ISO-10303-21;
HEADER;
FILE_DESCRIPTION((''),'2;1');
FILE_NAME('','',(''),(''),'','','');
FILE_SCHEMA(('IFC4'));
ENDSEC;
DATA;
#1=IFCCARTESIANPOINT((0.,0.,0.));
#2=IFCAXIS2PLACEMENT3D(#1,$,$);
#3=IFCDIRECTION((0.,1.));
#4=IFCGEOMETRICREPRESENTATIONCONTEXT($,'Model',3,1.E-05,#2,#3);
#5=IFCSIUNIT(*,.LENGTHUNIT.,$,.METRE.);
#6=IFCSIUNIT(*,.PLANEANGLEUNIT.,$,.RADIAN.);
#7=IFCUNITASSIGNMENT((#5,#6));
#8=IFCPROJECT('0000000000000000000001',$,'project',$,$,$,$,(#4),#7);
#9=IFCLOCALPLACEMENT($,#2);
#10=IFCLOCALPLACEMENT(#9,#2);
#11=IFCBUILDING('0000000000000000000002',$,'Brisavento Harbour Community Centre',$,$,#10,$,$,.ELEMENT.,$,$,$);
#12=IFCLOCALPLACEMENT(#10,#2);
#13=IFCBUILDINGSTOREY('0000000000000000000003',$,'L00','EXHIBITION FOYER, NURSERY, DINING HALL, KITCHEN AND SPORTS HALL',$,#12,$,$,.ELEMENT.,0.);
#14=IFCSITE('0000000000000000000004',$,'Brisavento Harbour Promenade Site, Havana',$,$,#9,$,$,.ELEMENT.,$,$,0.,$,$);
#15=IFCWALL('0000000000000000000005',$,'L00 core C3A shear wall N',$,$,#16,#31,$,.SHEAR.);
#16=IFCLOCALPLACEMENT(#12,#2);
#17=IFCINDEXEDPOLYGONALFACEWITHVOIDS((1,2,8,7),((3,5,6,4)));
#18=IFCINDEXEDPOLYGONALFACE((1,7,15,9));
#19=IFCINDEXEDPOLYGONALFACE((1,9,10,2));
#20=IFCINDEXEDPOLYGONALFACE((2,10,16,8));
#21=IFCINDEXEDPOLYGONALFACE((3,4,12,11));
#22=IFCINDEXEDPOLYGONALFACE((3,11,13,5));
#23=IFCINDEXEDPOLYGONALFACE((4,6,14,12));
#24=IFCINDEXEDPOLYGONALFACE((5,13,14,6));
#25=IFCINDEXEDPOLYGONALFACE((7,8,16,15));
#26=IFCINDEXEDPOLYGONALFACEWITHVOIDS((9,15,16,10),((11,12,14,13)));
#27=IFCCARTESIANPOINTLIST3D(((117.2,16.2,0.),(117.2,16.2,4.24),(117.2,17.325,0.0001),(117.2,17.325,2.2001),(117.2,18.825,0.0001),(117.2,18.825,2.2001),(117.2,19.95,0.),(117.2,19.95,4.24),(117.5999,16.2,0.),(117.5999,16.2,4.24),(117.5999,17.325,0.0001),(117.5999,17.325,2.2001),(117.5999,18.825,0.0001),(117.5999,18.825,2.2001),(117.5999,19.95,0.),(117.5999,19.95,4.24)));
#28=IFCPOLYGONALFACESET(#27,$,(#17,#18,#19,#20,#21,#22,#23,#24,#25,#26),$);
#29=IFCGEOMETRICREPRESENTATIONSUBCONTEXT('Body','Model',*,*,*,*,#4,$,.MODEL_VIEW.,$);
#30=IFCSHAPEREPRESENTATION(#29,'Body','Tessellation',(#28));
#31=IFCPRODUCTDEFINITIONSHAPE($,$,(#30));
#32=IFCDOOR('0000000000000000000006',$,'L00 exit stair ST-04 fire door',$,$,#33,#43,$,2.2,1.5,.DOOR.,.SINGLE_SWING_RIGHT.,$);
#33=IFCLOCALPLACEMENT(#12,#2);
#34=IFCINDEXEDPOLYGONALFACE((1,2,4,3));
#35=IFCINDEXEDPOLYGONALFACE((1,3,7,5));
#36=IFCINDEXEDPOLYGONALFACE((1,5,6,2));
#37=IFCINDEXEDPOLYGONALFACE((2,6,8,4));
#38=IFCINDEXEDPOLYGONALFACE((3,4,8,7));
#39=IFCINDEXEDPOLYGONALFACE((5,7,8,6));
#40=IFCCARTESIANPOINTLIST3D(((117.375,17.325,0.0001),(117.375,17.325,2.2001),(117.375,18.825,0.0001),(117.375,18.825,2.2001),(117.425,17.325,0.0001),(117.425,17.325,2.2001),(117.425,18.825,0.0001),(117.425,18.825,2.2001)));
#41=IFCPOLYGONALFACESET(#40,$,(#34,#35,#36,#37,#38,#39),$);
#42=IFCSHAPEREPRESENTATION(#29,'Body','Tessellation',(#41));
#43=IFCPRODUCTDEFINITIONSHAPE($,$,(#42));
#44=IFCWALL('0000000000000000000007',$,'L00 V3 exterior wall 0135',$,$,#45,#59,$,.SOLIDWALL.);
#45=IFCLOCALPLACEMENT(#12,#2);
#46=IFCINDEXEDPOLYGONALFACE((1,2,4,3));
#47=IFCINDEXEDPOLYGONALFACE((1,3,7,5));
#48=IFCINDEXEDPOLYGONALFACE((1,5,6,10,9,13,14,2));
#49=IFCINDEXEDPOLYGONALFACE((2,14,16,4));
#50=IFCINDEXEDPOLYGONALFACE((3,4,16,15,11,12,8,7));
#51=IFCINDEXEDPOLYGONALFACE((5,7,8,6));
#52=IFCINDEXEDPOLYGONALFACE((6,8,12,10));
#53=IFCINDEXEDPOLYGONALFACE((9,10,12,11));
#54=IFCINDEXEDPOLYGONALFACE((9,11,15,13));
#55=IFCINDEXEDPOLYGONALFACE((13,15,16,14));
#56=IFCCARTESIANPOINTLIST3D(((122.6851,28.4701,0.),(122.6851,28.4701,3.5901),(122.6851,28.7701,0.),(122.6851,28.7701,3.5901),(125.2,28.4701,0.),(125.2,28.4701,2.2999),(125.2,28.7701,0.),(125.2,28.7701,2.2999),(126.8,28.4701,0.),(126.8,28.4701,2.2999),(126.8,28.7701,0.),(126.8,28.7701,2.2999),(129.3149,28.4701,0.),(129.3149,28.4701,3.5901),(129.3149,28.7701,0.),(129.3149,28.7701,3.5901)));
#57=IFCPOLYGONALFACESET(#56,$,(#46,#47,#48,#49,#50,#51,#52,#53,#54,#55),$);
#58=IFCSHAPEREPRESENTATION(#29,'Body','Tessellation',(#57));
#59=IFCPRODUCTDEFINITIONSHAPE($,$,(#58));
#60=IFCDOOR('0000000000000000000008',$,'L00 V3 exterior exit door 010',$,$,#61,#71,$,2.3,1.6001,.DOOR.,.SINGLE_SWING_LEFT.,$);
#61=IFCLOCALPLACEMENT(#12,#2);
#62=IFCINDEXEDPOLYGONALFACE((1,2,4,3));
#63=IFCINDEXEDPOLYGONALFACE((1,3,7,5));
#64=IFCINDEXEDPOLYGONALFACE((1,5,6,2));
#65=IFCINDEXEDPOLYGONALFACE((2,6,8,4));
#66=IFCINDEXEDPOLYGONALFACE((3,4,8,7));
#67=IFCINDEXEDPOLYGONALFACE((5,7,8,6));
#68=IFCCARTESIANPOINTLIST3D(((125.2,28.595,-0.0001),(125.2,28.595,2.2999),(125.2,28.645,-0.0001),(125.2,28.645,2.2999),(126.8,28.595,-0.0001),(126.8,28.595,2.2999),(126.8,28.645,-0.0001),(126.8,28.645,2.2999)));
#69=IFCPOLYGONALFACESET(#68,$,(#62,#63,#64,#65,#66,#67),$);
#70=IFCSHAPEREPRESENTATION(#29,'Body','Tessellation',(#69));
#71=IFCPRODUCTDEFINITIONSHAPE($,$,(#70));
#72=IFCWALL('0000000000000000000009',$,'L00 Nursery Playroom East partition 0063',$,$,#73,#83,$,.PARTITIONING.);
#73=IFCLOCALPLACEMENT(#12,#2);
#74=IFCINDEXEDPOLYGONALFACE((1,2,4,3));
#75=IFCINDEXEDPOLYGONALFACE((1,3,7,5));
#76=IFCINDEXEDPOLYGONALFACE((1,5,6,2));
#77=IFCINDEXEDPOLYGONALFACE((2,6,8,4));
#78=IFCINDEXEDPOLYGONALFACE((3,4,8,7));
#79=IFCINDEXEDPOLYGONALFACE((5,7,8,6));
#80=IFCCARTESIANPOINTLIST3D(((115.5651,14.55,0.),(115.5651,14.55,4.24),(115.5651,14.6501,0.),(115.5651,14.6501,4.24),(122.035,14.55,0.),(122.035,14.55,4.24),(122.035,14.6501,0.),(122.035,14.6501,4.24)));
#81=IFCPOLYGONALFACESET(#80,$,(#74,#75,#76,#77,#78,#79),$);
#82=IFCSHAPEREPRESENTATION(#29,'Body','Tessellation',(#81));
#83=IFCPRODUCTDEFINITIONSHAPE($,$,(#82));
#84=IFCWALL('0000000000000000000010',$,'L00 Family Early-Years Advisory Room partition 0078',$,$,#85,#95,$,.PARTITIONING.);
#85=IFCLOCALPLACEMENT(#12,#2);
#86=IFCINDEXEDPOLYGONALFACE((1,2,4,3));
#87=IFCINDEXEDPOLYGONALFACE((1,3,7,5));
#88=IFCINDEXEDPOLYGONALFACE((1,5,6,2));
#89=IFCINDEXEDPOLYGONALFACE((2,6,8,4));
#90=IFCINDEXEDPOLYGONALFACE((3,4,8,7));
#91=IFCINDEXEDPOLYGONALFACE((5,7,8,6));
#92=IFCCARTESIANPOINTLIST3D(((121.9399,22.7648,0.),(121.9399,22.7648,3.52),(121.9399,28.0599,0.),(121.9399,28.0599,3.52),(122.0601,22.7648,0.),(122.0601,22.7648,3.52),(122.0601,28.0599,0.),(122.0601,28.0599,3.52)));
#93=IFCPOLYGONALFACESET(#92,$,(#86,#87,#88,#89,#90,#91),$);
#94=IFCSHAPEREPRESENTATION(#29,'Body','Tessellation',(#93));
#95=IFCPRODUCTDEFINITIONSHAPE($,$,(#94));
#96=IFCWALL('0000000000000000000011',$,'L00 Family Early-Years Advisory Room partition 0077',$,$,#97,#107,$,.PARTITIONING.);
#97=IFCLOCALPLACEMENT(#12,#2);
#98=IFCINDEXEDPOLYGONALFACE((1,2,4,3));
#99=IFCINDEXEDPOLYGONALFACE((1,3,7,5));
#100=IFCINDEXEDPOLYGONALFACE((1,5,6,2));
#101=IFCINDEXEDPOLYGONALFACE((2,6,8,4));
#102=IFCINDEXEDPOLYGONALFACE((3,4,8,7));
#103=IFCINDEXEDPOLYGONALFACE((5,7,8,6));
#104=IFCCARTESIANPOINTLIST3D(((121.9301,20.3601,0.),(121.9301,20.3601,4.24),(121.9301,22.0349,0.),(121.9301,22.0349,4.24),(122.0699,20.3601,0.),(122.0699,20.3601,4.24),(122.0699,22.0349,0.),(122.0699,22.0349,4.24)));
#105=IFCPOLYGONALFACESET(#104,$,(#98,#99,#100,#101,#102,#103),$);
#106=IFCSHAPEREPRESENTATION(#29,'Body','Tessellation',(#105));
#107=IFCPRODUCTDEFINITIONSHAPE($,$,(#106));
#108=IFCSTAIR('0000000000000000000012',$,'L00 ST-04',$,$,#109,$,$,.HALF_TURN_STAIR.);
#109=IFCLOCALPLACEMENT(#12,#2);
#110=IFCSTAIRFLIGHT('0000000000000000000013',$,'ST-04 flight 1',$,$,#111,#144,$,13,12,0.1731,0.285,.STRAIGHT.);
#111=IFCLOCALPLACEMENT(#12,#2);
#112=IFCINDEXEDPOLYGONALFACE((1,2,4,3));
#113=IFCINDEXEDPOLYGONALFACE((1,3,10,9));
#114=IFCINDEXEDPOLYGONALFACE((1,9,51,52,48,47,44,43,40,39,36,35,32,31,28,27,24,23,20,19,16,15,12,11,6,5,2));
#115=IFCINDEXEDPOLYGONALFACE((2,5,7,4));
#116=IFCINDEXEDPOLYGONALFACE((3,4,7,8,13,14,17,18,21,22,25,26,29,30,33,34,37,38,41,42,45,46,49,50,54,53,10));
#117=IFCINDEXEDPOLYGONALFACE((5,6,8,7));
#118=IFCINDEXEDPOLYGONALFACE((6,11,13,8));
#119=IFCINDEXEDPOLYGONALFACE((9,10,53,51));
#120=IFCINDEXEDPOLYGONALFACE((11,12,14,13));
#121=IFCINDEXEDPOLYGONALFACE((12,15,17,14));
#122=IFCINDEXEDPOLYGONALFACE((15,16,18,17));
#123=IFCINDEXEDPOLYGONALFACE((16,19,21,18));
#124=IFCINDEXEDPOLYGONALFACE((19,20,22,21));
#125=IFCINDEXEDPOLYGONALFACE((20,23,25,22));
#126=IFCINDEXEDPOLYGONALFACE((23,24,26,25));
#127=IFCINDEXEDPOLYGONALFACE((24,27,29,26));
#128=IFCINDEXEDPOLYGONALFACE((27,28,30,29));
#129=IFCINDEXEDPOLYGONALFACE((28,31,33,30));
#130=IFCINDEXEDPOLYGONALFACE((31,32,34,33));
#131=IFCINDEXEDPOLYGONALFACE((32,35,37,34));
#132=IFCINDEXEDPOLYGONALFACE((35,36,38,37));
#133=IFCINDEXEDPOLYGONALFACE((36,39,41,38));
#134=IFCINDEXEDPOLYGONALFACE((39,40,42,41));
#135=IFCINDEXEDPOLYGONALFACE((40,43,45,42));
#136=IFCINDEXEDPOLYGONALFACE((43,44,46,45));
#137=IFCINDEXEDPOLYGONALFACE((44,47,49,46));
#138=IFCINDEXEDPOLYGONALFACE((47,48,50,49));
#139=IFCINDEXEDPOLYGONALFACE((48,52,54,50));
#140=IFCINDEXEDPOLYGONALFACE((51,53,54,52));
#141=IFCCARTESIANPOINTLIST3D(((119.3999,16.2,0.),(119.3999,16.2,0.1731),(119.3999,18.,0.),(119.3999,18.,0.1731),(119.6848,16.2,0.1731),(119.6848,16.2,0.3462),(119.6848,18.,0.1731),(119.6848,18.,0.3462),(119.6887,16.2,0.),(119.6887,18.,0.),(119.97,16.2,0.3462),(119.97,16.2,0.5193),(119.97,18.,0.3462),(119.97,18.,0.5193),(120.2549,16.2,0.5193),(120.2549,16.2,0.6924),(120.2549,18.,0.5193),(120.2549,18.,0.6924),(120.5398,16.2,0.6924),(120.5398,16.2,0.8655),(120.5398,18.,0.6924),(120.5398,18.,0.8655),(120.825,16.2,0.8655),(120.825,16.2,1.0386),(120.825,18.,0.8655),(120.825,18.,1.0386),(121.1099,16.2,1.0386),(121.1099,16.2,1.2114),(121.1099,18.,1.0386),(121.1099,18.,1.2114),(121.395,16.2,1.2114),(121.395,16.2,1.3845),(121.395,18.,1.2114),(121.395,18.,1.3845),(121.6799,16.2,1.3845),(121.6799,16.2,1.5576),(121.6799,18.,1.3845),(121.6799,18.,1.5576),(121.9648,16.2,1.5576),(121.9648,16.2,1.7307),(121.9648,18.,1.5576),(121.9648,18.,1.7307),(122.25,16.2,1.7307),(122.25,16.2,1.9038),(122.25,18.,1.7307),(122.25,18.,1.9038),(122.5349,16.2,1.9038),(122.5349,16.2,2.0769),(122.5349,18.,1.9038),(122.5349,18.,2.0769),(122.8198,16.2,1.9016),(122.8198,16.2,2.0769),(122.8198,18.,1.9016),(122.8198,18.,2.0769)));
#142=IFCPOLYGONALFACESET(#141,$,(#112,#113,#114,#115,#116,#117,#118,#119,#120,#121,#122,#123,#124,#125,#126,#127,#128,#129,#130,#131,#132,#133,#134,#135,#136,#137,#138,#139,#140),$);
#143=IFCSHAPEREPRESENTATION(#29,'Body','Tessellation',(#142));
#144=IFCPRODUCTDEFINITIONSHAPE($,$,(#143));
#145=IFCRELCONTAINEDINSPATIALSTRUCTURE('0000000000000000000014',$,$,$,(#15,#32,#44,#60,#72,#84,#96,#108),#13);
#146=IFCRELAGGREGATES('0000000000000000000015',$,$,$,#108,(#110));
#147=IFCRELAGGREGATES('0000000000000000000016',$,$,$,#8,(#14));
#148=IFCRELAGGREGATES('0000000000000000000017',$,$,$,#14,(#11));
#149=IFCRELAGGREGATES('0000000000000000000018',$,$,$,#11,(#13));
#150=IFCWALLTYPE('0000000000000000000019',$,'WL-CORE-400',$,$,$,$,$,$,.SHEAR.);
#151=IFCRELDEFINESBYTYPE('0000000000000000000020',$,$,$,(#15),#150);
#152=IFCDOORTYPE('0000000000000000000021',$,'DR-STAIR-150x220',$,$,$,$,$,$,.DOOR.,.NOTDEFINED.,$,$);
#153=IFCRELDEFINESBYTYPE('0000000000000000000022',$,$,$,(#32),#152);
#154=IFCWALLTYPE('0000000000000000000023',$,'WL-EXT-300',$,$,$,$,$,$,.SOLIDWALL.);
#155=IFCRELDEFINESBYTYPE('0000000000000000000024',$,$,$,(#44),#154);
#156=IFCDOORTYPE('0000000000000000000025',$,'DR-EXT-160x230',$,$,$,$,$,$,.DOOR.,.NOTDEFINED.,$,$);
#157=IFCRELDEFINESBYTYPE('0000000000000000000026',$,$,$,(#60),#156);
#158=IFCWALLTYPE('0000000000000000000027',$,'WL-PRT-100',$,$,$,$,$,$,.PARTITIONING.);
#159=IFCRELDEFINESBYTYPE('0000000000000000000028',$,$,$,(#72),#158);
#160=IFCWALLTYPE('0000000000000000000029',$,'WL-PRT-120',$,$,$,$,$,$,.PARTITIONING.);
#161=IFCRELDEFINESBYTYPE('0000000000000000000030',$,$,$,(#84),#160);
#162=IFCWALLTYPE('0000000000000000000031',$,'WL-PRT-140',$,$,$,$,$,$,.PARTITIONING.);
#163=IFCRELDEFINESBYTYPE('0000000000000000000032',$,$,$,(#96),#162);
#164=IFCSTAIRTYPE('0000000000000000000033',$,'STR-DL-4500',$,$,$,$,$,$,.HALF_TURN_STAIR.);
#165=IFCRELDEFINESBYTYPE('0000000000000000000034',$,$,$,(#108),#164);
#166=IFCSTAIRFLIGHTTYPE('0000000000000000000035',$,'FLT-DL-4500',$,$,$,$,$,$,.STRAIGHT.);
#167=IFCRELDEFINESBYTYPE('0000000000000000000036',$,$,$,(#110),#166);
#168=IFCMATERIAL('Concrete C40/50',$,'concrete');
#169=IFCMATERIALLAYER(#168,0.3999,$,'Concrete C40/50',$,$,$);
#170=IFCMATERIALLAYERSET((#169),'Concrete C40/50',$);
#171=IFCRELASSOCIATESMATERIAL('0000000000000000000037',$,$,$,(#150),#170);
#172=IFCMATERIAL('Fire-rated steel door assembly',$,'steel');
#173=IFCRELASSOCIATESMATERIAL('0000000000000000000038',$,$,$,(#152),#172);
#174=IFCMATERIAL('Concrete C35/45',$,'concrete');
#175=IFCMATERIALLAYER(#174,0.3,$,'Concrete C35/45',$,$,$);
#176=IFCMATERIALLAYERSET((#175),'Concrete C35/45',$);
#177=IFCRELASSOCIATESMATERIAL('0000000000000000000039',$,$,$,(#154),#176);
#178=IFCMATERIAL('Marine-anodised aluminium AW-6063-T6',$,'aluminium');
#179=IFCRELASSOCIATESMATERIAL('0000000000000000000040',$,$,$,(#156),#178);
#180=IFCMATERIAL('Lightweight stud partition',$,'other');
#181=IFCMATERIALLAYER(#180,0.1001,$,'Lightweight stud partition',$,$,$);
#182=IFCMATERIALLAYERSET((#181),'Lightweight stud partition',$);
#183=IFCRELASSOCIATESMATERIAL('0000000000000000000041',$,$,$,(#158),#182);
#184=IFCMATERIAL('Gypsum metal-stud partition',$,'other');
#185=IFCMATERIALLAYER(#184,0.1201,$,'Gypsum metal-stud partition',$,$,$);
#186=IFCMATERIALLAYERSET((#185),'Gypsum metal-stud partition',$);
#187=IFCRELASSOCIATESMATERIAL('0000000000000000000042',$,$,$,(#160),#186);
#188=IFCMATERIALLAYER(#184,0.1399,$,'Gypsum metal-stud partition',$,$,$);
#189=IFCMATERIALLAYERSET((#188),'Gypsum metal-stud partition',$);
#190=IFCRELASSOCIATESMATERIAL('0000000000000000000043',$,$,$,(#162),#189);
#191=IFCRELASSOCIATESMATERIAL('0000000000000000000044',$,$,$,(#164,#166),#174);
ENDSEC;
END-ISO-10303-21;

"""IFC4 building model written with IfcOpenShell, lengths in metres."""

from ifc_helpers import new_model, si_unit, direction, frame, frame_2d, origin, place, context, subcontext, project, spatial, polyline, rectangle, outline, extrude, material, layer, layer_set, type_object, element, fill, aggregate, save


model = new_model("IFC4")

# Units and contexts
model_context = context("Model", 3, precision=1e-05, world=origin(), true_north=direction((0.0, 1.0)))
body_context = subcontext(model_context, "Body", "Model", "MODEL_VIEW")
ifc_project = project(units=[si_unit("LENGTHUNIT", "METRE"), si_unit("PLANEANGLEUNIT", "RADIAN")], contexts=[model_context])

# Site, building, storey
site_placement = place(None, origin())
site = spatial("IfcSite", under=ifc_project, at=site_placement, Name="Brisavento Harbour Promenade Site, Havana", CompositionType="ELEMENT", RefElevation=0.0)
building_placement = place(site_placement, origin())
building = spatial("IfcBuilding", under=site, at=building_placement, Name="Brisavento Harbour Community Centre", CompositionType="ELEMENT")
storey_placement = place(building_placement, origin())
storey = spatial("IfcBuildingStorey", under=building, at=storey_placement, Name="L00", Description="EXHIBITION FOYER, NURSERY, DINING HALL, KITCHEN AND SPORTS HALL", CompositionType="ELEMENT", Elevation=0.0)

# Shared definitions
ifc_material_1 = material(Name="Concrete C35/45", Category="concrete")
ifc_material_2 = material(Name="Concrete C40/50", Category="concrete")

# Shared definitions
ifc_layer_1 = layer(ifc_material_2, 0.3999, Name="Concrete C40/50")
ifc_layer_set_1 = layer_set([ifc_layer_1], Name="Concrete C40/50")
wall_type_1 = type_object("IfcWallType", Name="WL-CORE-400", PredefinedType="SHEAR", material=ifc_layer_set_1)

# Walls, openings, doors
wall_1_placement = place(storey_placement, frame((117.3999, 16.2, 0.0), z_axis=(0.0, 0.0, 1.0), x_axis=(0.0, 1.0, 0.0)))
wall_1 = element("IfcWall", 1, at=wall_1_placement, inside=storey, type_object=wall_type_1, Name="L00 core C3A shear wall N", PredefinedType="SHEAR", context=body_context, shape_type="SweptSolid", body=[
    extrude(rectangle(XDim=3.75, YDim=0.3999, at=frame_2d((1.875, 0.0))), origin(), (0.0, 0.0, 1.0), 4.24),
])
opening_1_placement = place(wall_1_placement, frame((1.125, 0.0, 0.0)))
opening_1 = element("IfcOpeningElement", 2, at=opening_1_placement, cuts=wall_1, PredefinedType="OPENING", context=body_context, shape_type="SweptSolid", body=[
    extrude(rectangle(XDim=1.5, YDim=2.2, at=frame_2d((0.75, 1.1001))), frame((0.0, 0.21, 0.0), z_axis=(0.0, -1.0, 0.0), x_axis=(1.0, 0.0, 0.0)), (0.0, 0.0, 1.0), 0.4199),
])
ifc_material_3 = material(Name="Fire-rated steel door assembly", Category="steel")
door_type_1 = type_object("IfcDoorType", Name="DR-STAIR-150x220", OperationType="NOTDEFINED", PredefinedType="DOOR", material=ifc_material_3)
door_1_placement = place(opening_1_placement, origin())
door_1 = element("IfcDoor", 3, at=door_1_placement, inside=storey, type_object=door_type_1, Name="L00 exit stair ST-04 fire door", OperationType="SINGLE_SWING_RIGHT", OverallHeight=2.2, OverallWidth=1.5, PredefinedType="DOOR", context=body_context, shape_type="SweptSolid", body=[
    extrude(rectangle(XDim=1.5, YDim=2.2, at=frame_2d((0.75, 1.1001))), frame((0.0, 0.0249, 0.0), z_axis=(0.0, -1.0, 0.0), x_axis=(1.0, 0.0, 0.0)), (0.0, 0.0, 1.0), 0.05),
])
fill(opening_1, door_1)
ifc_layer_2 = layer(ifc_material_1, 0.3, Name="Concrete C35/45")
ifc_layer_set_2 = layer_set([ifc_layer_2], Name="Concrete C35/45")
wall_type_2 = type_object("IfcWallType", Name="WL-EXT-300", PredefinedType="SOLIDWALL", material=ifc_layer_set_2)
wall_2_placement = place(storey_placement, frame((122.6851, 28.6201, 0.0), z_axis=(0.0, 0.0, 1.0), x_axis=(1.0, 0.0, 0.0)))
wall_2 = element("IfcWall", 4, at=wall_2_placement, inside=storey, type_object=wall_type_2, Name="L00 V3 exterior wall 0135", PredefinedType="SOLIDWALL", context=body_context, shape_type="SweptSolid", body=[
    extrude(rectangle(XDim=6.6299, YDim=0.3, at=frame_2d((3.3149, 0.0))), origin(), (0.0, 0.0, 1.0), 3.5901),
])
opening_2_placement = place(wall_2_placement, frame((2.5149, 0.0, 0.0)))
opening_2 = element("IfcOpeningElement", 5, at=opening_2_placement, cuts=wall_2, PredefinedType="OPENING", context=body_context, shape_type="SweptSolid", body=[
    extrude(rectangle(XDim=1.6001, YDim=2.3, at=frame_2d((0.8, 1.1499))), frame((0.0, 0.1602, 0.0), z_axis=(0.0, -1.0, 0.0), x_axis=(1.0, 0.0, 0.0)), (0.0, 0.0, 1.0), 0.3201),
])
ifc_material_4 = material(Name="Marine-anodised aluminium AW-6063-T6", Category="aluminium")
door_type_2 = type_object("IfcDoorType", Name="DR-EXT-160x230", OperationType="NOTDEFINED", PredefinedType="DOOR", material=ifc_material_4)
door_2_placement = place(opening_2_placement, origin())
door_2 = element("IfcDoor", 6, at=door_2_placement, inside=storey, type_object=door_type_2, Name="L00 V3 exterior exit door 010", OperationType="SINGLE_SWING_LEFT", OverallHeight=2.3, OverallWidth=1.6001, PredefinedType="DOOR", context=body_context, shape_type="SweptSolid", body=[
    extrude(rectangle(XDim=1.6001, YDim=2.3, at=frame_2d((0.8, 1.1499))), frame((0.0, 0.0249, 0.0), z_axis=(0.0, -1.0, 0.0), x_axis=(1.0, 0.0, 0.0)), (0.0, 0.0, 1.0), 0.05),
])
fill(opening_2, door_2)

# Walls
ifc_material_5 = material(Name="Lightweight stud partition", Category="other")
ifc_layer_3 = layer(ifc_material_5, 0.1001, Name="Lightweight stud partition")
ifc_layer_set_3 = layer_set([ifc_layer_3], Name="Lightweight stud partition")
wall_type_3 = type_object("IfcWallType", Name="WL-PRT-100", PredefinedType="PARTITIONING", material=ifc_layer_set_3)
wall_3_placement = place(storey_placement, frame((122.0349, 14.6001, 0.0), z_axis=(0.0, 0.0, 1.0), x_axis=(-1.0, 0.0, 0.0)))
element("IfcWall", 7, at=wall_3_placement, inside=storey, type_object=wall_type_3, Name="L00 Nursery Playroom East partition 0063", PredefinedType="PARTITIONING", context=body_context, shape_type="SweptSolid", body=[
    extrude(rectangle(XDim=6.47, YDim=0.1001, at=frame_2d((3.2349, 0.0))), origin(), (0.0, 0.0, 1.0), 4.24),
])
ifc_material_6 = material(Name="Gypsum metal-stud partition", Category="other")
ifc_layer_4 = layer(ifc_material_6, 0.1201, Name="Gypsum metal-stud partition")
ifc_layer_set_4 = layer_set([ifc_layer_4], Name="Gypsum metal-stud partition")
wall_type_4 = type_object("IfcWallType", Name="WL-PRT-120", PredefinedType="PARTITIONING", material=ifc_layer_set_4)
wall_4_placement = place(storey_placement, frame((122.0, 22.7649, 0.0), z_axis=(0.0, 0.0, 1.0), x_axis=(0.0, 1.0, 0.0)))
element("IfcWall", 8, at=wall_4_placement, inside=storey, type_object=wall_type_4, Name="L00 Family Early-Years Advisory Room partition 0078", PredefinedType="PARTITIONING", context=body_context, shape_type="SweptSolid", body=[
    extrude(rectangle(XDim=5.2952, YDim=0.1201, at=frame_2d((2.6475, 0.0))), origin(), (0.0, 0.0, 1.0), 3.52),
])
ifc_layer_5 = layer(ifc_material_6, 0.1399, Name="Gypsum metal-stud partition")
ifc_layer_set_5 = layer_set([ifc_layer_5], Name="Gypsum metal-stud partition")
wall_type_5 = type_object("IfcWallType", Name="WL-PRT-140", PredefinedType="PARTITIONING", material=ifc_layer_set_5)
wall_5_placement = place(storey_placement, frame((122.0, 20.3601, 0.0), z_axis=(0.0, 0.0, 1.0), x_axis=(0.0, 1.0, 0.0)))
element("IfcWall", 9, at=wall_5_placement, inside=storey, type_object=wall_type_5, Name="L00 Family Early-Years Advisory Room partition 0077", PredefinedType="PARTITIONING", context=body_context, shape_type="SweptSolid", body=[
    extrude(rectangle(XDim=1.6748, YDim=0.1399, at=frame_2d((0.8374, 0.0))), origin(), (0.0, 0.0, 1.0), 4.24),
])

# Stair, stair flight
stair_type = type_object("IfcStairType", Name="STR-DL-4500", PredefinedType="HALF_TURN_STAIR", material=ifc_material_1)
stair_placement = place(storey_placement, origin())
stair = element("IfcStair", 10, at=stair_placement, inside=storey, type_object=stair_type, Name="L00 ST-04", PredefinedType="HALF_TURN_STAIR")
stair_flight_type = type_object("IfcStairFlightType", Name="FLT-DL-4500", PredefinedType="STRAIGHT", material=ifc_material_1)
stair_flight_1_placement = place(storey_placement, frame((119.3999, 17.1001, 0.0), z_axis=(0.0, 0.0, 1.0), x_axis=(1.0, 0.0, 0.0)))
stair_flight_1 = element("IfcStairFlight", 11, at=stair_flight_1_placement, type_object=stair_flight_type, Name="ST-04 flight 1", NumberOfRisers=13, NumberOfTreads=12, PredefinedType="STRAIGHT", RiserHeight=0.1731, TreadLength=0.285, context=body_context, shape_type="SweptSolid", body=[
    extrude(outline(polyline([(0.0, 0.0), (0.0, 0.1731), (0.2849, 0.1731), (0.2849, 0.3462), (0.5701, 0.3462), (0.5701, 0.5193), (0.855, 0.5193), (0.855, 0.6924), (1.1399, 0.6924), (1.1399, 0.8655), (1.425, 0.8655), (1.425, 1.0386), (1.71, 1.0386), (1.71, 1.2114), (1.9951, 1.2114), (1.9951, 1.3845), (2.28, 1.3845), (2.28, 1.5576), (2.5649, 1.5576), (2.5649, 1.7307), (2.8501, 1.7307), (2.8501, 1.9038), (3.135, 1.9038), (3.135, 2.0769), (3.4199, 2.0769), (3.4199, 2.25), (3.4199, 1.9016), (0.2888, 0.0), (0.0, 0.0)])), frame((0.0, 0.8999, 0.0), z_axis=(0.0, -1.0, 0.0), x_axis=(1.0, 0.0, 0.0)), (0.0, 0.0, 1.0), 1.8),
])
aggregate(stair, [stair_flight_1])

save(model, "model.ifc")
